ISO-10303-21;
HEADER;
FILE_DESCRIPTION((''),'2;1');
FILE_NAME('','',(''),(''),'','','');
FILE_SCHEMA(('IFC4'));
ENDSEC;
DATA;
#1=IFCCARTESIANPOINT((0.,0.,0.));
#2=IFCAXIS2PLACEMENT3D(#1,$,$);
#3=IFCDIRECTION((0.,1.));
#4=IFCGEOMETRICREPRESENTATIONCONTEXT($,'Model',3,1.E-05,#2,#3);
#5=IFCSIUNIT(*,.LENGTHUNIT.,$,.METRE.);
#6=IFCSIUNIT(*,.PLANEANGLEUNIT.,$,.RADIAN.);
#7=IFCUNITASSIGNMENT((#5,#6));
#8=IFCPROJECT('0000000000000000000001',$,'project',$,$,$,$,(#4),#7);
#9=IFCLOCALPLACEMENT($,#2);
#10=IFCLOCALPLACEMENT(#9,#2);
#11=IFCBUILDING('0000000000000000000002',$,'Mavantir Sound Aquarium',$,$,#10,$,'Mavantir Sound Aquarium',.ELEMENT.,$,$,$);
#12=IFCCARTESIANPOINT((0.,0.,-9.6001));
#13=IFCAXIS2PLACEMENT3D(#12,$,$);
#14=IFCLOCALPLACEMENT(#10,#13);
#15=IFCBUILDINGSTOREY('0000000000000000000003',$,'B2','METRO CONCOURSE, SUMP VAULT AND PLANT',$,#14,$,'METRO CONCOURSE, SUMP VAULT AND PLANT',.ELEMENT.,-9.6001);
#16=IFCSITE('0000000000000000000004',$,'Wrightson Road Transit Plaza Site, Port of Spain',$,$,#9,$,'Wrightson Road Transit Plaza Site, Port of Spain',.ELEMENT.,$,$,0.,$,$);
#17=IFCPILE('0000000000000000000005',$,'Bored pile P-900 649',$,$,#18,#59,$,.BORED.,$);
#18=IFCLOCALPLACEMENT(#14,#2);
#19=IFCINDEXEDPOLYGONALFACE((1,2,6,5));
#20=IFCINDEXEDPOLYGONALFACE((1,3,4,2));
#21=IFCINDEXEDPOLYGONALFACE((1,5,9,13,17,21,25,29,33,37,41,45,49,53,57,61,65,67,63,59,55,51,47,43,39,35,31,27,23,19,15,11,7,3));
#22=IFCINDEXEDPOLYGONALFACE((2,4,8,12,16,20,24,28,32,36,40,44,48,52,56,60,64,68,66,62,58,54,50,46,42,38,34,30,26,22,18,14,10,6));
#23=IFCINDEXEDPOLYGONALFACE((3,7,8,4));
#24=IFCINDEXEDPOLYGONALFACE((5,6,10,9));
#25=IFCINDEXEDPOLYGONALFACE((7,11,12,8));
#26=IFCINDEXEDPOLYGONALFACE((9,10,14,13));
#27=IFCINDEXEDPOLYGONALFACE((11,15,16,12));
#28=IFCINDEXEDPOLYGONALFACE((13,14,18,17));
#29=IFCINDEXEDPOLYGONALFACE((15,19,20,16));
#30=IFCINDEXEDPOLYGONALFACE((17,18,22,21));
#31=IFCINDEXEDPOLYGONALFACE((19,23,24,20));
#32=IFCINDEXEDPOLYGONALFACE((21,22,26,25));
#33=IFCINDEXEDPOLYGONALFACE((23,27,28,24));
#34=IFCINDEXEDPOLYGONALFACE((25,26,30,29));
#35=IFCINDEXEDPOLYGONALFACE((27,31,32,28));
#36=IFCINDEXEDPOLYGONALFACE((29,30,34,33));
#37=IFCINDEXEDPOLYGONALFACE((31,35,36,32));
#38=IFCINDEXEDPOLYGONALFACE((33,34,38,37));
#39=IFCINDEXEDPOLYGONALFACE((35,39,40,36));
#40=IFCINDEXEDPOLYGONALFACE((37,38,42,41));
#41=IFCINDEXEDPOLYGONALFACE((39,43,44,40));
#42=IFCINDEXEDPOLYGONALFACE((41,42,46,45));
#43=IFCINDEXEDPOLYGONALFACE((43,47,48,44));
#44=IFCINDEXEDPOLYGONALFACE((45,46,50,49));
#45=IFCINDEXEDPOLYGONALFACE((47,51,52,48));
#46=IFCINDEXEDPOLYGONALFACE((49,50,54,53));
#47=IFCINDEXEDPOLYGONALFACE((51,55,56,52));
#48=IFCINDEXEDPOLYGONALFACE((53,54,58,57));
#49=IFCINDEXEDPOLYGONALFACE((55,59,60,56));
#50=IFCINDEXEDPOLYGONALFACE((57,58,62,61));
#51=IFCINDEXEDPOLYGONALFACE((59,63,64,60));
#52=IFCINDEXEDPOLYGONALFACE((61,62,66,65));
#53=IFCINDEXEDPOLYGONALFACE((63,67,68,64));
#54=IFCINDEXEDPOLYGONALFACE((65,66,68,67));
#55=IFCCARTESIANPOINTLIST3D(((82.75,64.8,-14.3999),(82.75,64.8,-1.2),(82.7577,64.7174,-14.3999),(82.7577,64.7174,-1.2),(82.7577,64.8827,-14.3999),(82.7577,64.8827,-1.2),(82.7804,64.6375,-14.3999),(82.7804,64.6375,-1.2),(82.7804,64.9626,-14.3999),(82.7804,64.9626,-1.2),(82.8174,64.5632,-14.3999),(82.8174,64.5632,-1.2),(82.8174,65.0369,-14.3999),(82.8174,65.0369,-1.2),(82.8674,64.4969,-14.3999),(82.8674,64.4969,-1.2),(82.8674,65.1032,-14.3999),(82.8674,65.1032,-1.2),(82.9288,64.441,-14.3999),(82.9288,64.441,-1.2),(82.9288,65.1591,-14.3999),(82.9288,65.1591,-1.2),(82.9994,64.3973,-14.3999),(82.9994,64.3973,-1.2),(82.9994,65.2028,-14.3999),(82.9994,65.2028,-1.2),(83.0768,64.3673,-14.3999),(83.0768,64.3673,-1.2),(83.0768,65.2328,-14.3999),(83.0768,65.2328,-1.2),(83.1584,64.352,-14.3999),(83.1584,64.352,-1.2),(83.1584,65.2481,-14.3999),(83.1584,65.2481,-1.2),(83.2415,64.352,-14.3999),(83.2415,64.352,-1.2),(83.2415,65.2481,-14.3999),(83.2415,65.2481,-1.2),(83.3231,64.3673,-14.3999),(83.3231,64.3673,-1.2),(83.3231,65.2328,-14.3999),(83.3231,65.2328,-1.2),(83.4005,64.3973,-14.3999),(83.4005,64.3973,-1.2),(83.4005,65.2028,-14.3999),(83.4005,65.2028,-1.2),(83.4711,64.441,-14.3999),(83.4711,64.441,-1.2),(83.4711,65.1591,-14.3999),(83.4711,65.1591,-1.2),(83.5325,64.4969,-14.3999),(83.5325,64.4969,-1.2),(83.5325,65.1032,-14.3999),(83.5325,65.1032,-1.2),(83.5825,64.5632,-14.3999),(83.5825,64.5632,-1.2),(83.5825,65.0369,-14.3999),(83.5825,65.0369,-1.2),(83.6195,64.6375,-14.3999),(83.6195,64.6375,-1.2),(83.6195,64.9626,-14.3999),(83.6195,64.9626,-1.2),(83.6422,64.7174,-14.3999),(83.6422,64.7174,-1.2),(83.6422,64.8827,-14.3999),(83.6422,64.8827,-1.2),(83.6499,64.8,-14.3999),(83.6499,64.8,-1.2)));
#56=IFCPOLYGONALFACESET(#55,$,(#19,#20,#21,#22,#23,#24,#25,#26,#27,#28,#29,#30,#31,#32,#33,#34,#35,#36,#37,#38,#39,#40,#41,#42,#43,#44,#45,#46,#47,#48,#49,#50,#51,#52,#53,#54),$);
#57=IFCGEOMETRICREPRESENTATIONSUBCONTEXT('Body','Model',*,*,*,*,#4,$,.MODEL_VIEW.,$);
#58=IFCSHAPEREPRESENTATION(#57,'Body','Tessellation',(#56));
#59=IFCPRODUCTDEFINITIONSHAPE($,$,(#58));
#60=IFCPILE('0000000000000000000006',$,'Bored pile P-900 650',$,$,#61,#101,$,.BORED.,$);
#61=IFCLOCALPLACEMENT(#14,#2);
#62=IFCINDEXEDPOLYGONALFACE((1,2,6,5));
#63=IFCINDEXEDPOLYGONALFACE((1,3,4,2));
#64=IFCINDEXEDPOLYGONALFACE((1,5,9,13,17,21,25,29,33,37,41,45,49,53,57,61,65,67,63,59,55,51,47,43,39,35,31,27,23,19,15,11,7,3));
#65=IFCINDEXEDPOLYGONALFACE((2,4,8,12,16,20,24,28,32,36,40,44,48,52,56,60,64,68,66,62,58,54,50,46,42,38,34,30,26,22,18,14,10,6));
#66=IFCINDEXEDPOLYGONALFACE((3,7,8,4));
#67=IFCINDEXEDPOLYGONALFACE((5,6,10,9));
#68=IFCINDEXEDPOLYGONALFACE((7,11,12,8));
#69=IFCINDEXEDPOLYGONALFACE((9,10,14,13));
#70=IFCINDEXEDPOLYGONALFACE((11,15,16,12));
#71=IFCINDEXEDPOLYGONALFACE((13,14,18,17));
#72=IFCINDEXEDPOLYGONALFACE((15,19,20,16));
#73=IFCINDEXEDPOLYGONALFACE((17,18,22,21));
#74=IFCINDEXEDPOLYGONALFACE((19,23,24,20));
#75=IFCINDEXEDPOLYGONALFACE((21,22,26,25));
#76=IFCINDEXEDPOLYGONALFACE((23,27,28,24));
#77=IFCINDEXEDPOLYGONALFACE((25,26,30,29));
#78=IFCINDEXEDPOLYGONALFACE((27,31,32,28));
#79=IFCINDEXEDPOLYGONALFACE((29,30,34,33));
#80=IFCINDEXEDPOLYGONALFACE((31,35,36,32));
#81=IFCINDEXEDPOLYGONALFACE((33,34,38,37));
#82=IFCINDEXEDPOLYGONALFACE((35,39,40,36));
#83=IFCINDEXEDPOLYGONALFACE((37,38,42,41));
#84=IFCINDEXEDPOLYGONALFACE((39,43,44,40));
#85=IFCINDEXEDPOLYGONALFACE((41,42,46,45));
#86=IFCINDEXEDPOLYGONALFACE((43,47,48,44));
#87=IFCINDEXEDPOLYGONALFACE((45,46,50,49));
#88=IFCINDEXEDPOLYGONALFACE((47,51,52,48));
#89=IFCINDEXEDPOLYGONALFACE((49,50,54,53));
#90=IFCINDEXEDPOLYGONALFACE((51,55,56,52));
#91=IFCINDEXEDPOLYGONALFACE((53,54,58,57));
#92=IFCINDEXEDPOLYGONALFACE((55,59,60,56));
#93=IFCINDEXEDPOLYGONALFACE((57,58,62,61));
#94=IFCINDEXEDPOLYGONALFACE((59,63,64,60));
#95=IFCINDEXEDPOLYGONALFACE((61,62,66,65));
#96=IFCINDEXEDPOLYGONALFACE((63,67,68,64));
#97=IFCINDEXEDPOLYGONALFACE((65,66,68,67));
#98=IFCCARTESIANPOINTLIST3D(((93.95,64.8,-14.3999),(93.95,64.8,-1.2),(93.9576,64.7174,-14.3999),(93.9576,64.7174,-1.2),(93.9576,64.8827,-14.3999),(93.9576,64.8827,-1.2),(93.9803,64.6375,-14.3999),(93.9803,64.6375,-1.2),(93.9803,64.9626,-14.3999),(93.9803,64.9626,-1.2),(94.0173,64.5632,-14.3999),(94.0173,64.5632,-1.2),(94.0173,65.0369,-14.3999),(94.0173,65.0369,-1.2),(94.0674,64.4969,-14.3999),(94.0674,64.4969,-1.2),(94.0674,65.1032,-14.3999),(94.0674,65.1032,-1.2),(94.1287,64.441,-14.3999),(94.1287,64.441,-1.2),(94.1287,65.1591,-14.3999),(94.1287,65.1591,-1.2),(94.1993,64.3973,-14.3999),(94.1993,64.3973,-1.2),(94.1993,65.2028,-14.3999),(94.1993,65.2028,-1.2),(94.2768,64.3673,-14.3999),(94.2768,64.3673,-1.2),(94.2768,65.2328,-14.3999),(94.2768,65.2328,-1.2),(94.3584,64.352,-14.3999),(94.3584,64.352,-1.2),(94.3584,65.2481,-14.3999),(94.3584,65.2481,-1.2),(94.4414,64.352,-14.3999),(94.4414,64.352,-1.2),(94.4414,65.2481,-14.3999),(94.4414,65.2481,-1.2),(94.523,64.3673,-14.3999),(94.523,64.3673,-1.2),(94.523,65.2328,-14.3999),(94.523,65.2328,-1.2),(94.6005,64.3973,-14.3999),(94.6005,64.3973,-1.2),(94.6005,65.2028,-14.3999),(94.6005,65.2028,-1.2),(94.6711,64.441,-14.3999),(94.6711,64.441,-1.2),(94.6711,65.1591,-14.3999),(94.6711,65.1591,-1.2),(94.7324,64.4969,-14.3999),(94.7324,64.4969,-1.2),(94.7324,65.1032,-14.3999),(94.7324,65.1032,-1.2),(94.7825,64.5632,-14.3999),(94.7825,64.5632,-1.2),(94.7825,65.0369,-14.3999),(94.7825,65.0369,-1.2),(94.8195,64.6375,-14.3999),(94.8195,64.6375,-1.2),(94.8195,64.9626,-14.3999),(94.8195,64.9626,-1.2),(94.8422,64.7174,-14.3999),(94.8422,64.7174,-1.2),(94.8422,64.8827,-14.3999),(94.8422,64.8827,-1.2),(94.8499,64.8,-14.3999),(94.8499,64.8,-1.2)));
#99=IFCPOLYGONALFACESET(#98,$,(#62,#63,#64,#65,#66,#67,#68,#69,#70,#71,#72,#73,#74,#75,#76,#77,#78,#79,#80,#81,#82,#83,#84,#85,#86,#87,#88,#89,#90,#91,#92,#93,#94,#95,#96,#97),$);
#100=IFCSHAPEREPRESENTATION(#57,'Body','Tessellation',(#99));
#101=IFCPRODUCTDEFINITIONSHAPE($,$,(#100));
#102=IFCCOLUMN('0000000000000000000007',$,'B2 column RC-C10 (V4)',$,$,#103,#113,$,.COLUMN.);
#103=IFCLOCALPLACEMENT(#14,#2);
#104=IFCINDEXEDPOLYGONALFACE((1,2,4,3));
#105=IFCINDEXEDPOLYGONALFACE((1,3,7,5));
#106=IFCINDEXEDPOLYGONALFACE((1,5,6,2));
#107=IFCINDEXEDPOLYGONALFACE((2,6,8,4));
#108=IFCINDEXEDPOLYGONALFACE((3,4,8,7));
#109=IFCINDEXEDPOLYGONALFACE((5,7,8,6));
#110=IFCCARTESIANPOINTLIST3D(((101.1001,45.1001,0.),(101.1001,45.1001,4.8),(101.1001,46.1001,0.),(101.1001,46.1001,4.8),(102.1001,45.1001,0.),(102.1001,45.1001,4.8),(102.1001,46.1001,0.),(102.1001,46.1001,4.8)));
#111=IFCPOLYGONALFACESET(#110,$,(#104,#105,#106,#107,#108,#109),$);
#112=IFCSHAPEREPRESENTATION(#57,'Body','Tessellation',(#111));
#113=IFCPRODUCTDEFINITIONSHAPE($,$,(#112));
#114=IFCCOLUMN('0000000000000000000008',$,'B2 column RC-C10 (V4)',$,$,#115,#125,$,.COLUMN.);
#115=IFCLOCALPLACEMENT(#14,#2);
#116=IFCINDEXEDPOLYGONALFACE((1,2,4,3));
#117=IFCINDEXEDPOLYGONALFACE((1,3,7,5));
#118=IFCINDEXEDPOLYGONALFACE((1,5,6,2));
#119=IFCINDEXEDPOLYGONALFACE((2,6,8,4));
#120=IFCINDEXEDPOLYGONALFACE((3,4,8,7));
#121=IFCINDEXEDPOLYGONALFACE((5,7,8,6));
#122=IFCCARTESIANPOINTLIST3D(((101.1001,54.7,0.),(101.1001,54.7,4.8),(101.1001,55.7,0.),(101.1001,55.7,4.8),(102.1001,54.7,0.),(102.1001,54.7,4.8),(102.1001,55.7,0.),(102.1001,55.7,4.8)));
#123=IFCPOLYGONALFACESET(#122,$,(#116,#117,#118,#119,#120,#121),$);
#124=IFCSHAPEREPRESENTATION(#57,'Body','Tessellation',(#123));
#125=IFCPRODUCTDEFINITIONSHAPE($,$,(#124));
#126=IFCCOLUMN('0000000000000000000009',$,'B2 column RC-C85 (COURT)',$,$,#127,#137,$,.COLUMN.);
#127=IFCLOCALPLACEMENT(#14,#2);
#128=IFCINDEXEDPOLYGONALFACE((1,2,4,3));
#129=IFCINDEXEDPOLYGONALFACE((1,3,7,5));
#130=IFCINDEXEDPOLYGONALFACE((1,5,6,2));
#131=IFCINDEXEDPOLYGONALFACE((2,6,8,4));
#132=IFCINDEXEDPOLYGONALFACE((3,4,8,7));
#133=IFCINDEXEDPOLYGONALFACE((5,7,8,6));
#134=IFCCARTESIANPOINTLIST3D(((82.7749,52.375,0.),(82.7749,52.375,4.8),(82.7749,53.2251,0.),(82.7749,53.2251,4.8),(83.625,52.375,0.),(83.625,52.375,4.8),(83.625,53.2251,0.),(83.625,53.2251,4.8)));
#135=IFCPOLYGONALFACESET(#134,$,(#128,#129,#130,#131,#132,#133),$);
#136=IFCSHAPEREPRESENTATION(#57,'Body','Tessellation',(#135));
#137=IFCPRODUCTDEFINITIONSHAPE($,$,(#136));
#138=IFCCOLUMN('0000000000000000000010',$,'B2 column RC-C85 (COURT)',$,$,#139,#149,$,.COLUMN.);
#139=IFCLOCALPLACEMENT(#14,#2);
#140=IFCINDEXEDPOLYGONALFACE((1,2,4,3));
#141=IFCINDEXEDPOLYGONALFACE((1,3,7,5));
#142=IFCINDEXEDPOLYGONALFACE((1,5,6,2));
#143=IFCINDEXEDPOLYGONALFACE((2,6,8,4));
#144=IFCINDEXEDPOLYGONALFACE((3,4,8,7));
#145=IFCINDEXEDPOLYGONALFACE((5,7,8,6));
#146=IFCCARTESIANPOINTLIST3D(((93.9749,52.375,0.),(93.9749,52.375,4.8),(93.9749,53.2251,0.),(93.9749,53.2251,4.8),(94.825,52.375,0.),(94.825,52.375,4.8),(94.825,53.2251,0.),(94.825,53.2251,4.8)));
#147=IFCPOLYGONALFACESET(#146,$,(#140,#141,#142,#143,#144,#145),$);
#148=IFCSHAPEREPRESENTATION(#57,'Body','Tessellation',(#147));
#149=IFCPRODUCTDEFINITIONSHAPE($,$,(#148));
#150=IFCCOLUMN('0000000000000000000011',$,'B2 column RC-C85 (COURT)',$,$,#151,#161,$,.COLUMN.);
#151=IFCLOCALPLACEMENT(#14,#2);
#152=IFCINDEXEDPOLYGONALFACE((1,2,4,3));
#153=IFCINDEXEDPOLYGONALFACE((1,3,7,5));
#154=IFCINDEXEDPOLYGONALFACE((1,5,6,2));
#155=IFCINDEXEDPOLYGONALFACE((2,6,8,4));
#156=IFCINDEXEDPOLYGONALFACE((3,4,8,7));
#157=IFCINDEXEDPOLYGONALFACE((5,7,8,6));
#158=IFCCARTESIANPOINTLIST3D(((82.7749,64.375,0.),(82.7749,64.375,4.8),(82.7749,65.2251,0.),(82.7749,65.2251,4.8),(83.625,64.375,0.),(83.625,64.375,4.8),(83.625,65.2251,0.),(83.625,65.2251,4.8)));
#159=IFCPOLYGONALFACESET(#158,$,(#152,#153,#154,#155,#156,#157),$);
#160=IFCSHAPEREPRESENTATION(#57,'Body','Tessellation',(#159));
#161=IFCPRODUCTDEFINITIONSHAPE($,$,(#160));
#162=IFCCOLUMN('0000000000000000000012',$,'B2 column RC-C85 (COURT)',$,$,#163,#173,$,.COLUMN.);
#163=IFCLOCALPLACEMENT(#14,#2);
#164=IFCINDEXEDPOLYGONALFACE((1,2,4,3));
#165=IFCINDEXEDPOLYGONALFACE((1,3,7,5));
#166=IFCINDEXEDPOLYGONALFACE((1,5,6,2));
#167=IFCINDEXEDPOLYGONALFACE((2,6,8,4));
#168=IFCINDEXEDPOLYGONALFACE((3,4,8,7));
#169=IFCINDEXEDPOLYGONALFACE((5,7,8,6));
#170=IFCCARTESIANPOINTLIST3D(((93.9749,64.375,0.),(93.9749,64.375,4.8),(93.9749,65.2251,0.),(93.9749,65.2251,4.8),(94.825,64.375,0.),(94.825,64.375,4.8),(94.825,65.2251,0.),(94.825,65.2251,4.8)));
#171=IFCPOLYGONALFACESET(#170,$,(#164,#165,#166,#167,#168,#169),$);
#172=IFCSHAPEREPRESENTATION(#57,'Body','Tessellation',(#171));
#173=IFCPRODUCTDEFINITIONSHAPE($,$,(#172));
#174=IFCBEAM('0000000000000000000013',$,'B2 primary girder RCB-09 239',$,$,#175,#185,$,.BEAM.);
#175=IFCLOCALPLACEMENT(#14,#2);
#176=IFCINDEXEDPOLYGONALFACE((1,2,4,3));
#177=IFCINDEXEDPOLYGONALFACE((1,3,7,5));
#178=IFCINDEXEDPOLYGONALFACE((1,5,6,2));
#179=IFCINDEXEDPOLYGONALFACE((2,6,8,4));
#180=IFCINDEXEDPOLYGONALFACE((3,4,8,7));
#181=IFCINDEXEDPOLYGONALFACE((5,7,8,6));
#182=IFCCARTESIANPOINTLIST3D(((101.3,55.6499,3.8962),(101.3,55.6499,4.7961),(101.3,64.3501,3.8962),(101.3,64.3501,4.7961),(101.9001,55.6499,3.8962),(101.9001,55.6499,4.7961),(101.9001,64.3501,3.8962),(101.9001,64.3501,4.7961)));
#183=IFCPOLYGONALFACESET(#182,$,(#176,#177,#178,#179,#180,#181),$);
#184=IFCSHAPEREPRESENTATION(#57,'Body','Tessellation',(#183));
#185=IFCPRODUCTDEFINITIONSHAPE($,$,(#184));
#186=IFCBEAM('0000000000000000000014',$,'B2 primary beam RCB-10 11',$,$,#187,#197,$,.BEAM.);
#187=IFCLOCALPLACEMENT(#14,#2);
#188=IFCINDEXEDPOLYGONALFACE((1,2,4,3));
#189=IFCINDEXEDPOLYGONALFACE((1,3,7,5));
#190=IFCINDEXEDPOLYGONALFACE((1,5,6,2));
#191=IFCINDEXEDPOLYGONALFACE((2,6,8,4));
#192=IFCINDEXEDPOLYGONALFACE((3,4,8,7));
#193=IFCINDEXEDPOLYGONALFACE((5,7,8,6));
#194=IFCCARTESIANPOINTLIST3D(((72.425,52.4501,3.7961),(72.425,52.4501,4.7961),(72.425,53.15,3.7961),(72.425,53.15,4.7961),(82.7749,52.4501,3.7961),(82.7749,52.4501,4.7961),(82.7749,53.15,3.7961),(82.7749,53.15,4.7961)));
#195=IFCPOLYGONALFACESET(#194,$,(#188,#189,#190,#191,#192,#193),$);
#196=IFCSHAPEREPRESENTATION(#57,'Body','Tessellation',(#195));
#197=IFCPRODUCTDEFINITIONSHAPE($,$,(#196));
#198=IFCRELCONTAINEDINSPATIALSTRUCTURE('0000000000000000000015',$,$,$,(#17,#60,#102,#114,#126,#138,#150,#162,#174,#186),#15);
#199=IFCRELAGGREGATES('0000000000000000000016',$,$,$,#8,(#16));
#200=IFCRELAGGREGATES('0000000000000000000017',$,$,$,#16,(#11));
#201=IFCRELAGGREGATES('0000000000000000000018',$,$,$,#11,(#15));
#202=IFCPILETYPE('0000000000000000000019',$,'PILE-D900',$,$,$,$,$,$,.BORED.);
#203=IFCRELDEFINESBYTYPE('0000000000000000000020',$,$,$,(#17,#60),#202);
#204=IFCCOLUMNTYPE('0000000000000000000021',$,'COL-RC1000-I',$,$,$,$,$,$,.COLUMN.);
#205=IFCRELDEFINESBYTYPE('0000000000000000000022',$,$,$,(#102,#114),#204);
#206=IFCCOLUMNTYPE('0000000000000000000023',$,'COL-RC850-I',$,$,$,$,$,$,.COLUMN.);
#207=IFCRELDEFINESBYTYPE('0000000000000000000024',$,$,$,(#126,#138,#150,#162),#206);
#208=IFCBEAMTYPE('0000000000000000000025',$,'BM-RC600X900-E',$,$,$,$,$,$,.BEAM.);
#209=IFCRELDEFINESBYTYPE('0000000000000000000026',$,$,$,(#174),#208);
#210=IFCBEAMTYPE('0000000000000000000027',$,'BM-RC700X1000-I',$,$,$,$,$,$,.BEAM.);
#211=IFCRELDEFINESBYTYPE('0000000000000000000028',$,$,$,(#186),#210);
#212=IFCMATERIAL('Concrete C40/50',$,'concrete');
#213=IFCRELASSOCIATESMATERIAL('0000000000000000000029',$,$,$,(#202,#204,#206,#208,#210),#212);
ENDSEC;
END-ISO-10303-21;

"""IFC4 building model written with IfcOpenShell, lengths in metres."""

from ifc_helpers import new_model, si_unit, direction, frame, origin, origin_2d, place, context, subcontext, project, spatial, rectangle, circle, extrude, material, material_profile, profile_set, type_object, element, save


model = new_model("IFC4")

# Units and contexts
model_context = context("Model", 3, precision=1e-05, world=origin(), true_north=direction((0.0, 1.0)))
body_context = subcontext(model_context, "Body", "Model", "MODEL_VIEW")
ifc_project = project(units=[si_unit("LENGTHUNIT", "METRE"), si_unit("PLANEANGLEUNIT", "RADIAN")], contexts=[model_context])

# Site, building, storey
site_placement = place(None, origin())
site = spatial("IfcSite", under=ifc_project, at=site_placement, Name="Wrightson Road Transit Plaza Site, Port of Spain", LongName="Wrightson Road Transit Plaza Site, Port of Spain", CompositionType="ELEMENT", RefElevation=0.0)
building_placement = place(site_placement, origin())
building = spatial("IfcBuilding", under=site, at=building_placement, Name="Mavantir Sound Aquarium", LongName="Mavantir Sound Aquarium", CompositionType="ELEMENT")
storey_placement = place(building_placement, frame((0.0, 0.0, -9.6001)))
storey = spatial("IfcBuildingStorey", under=building, at=storey_placement, Name="B2", Description="METRO CONCOURSE, SUMP VAULT AND PLANT", LongName="METRO CONCOURSE, SUMP VAULT AND PLANT", CompositionType="ELEMENT", Elevation=-9.6001)

# Shared definitions
ifc_material = material(Name="Concrete C40/50", Category="concrete")

# Piles
ifc_material_profile_1 = material_profile(ifc_material, circle(Radius=0.45, at=origin_2d()), Name="PILE D900")
ifc_profile_set_1 = profile_set([ifc_material_profile_1], Name="Concrete C40/50")
pile_type = type_object("IfcPileType", Name="PILE-D900", PredefinedType="BORED", material=ifc_profile_set_1)
for number, where, z_axis, x_axis, name in (
    (1, (83.2, 64.8, -1.2), (0.0, 0.0, -1.0), (1.0, 0.0, 0.0), "Bored pile P-900 649"),
    (2, (94.3999, 64.8, -1.2), (0.0, 0.0, -1.0), (1.0, 0.0, 0.0), "Bored pile P-900 650"),
):
    element("IfcPile", number, at=place(storey_placement, frame(where, z_axis=z_axis, x_axis=x_axis)), inside=storey, type_object=pile_type, Name=name, PredefinedType="BORED", context=body_context, shape_type="SweptSolid", body=[
        extrude(circle(Radius=0.45, at=origin_2d()), origin(), (0.0, 0.0, 1.0), 13.2),
    ])

# Columns
ifc_material_profile_2 = material_profile(ifc_material, rectangle(XDim=1.0, YDim=1.0, at=origin_2d()), Name="RC 1000X1000")
ifc_profile_set_2 = profile_set([ifc_material_profile_2], Name="Concrete C40/50")
column_type_1 = type_object("IfcColumnType", Name="COL-RC1000-I", PredefinedType="COLUMN", material=ifc_profile_set_2)
for number, where, z_axis, x_axis, name in (
    (3, (101.6001, 45.6001, 0.0), (0.0, 0.0, 1.0), (1.0, 0.0, 0.0), "B2 column RC-C10 (V4)"),
    (4, (101.6001, 55.2, 0.0), (0.0, 0.0, 1.0), (1.0, 0.0, 0.0), "B2 column RC-C10 (V4)"),
):
    element("IfcColumn", number, at=place(storey_placement, frame(where, z_axis=z_axis, x_axis=x_axis)), inside=storey, type_object=column_type_1, Name=name, PredefinedType="COLUMN", context=body_context, shape_type="SweptSolid", body=[
        extrude(rectangle(XDim=1.0, YDim=1.0, at=origin_2d()), origin(), (0.0, 0.0, 1.0), 4.8),
    ])
ifc_material_profile_3 = material_profile(ifc_material, rectangle(XDim=0.8501, YDim=0.8501, at=origin_2d()), Name="RC 850X850")
ifc_profile_set_3 = profile_set([ifc_material_profile_3], Name="Concrete C40/50")
column_type_2 = type_object("IfcColumnType", Name="COL-RC850-I", PredefinedType="COLUMN", material=ifc_profile_set_3)
for number, where, z_axis, x_axis, name in (
    (5, (83.2, 52.8, 0.0), (0.0, 0.0, 1.0), (1.0, 0.0, 0.0), "B2 column RC-C85 (COURT)"),
    (6, (94.3999, 52.8, 0.0), (0.0, 0.0, 1.0), (1.0, 0.0, 0.0), "B2 column RC-C85 (COURT)"),
    (7, (83.2, 64.8, 0.0), (0.0, 0.0, 1.0), (1.0, 0.0, 0.0), "B2 column RC-C85 (COURT)"),
    (8, (94.3999, 64.8, 0.0), (0.0, 0.0, 1.0), (1.0, 0.0, 0.0), "B2 column RC-C85 (COURT)"),
):
    element("IfcColumn", number, at=place(storey_placement, frame(where, z_axis=z_axis, x_axis=x_axis)), inside=storey, type_object=column_type_2, Name=name, PredefinedType="COLUMN", context=body_context, shape_type="SweptSolid", body=[
        extrude(rectangle(XDim=0.8501, YDim=0.8501, at=origin_2d()), origin(), (0.0, 0.0, 1.0), 4.8),
    ])

# Beams
ifc_material_profile_4 = material_profile(ifc_material, rectangle(XDim=0.6001, YDim=0.8999, at=origin_2d()), Name="RC 600X900")
ifc_profile_set_4 = profile_set([ifc_material_profile_4], Name="Concrete C40/50")
beam_type_1 = type_object("IfcBeamType", Name="BM-RC600X900-E", PredefinedType="BEAM", material=ifc_profile_set_4)
beam_1_placement = place(storey_placement, frame((101.6001, 55.6499, 4.3462), z_axis=(0.0, 1.0, 0.0), x_axis=(-1.0, 0.0, 0.0)))
element("IfcBeam", 9, at=beam_1_placement, inside=storey, type_object=beam_type_1, Name="B2 primary girder RCB-09 239", PredefinedType="BEAM", context=body_context, shape_type="SweptSolid", body=[
    extrude(rectangle(XDim=0.6001, YDim=0.8999, at=origin_2d()), origin(), (0.0, 0.0, 1.0), 8.7002),
])
ifc_material_profile_5 = material_profile(ifc_material, rectangle(XDim=0.7, YDim=1.0, at=origin_2d()), Name="RC 700X1000")
ifc_profile_set_5 = profile_set([ifc_material_profile_5], Name="Concrete C40/50")
beam_type_2 = type_object("IfcBeamType", Name="BM-RC700X1000-I", PredefinedType="BEAM", material=ifc_profile_set_5)
beam_2_placement = place(storey_placement, frame((72.425, 52.8, 4.2961), z_axis=(1.0, 0.0, 0.0), x_axis=(0.0, 1.0, 0.0)))
element("IfcBeam", 10, at=beam_2_placement, inside=storey, type_object=beam_type_2, Name="B2 primary beam RCB-10 11", PredefinedType="BEAM", context=body_context, shape_type="SweptSolid", body=[
    extrude(rectangle(XDim=0.7, YDim=1.0, at=origin_2d()), origin(), (0.0, 0.0, 1.0), 10.3499),
])

save(model, "model.ifc")
